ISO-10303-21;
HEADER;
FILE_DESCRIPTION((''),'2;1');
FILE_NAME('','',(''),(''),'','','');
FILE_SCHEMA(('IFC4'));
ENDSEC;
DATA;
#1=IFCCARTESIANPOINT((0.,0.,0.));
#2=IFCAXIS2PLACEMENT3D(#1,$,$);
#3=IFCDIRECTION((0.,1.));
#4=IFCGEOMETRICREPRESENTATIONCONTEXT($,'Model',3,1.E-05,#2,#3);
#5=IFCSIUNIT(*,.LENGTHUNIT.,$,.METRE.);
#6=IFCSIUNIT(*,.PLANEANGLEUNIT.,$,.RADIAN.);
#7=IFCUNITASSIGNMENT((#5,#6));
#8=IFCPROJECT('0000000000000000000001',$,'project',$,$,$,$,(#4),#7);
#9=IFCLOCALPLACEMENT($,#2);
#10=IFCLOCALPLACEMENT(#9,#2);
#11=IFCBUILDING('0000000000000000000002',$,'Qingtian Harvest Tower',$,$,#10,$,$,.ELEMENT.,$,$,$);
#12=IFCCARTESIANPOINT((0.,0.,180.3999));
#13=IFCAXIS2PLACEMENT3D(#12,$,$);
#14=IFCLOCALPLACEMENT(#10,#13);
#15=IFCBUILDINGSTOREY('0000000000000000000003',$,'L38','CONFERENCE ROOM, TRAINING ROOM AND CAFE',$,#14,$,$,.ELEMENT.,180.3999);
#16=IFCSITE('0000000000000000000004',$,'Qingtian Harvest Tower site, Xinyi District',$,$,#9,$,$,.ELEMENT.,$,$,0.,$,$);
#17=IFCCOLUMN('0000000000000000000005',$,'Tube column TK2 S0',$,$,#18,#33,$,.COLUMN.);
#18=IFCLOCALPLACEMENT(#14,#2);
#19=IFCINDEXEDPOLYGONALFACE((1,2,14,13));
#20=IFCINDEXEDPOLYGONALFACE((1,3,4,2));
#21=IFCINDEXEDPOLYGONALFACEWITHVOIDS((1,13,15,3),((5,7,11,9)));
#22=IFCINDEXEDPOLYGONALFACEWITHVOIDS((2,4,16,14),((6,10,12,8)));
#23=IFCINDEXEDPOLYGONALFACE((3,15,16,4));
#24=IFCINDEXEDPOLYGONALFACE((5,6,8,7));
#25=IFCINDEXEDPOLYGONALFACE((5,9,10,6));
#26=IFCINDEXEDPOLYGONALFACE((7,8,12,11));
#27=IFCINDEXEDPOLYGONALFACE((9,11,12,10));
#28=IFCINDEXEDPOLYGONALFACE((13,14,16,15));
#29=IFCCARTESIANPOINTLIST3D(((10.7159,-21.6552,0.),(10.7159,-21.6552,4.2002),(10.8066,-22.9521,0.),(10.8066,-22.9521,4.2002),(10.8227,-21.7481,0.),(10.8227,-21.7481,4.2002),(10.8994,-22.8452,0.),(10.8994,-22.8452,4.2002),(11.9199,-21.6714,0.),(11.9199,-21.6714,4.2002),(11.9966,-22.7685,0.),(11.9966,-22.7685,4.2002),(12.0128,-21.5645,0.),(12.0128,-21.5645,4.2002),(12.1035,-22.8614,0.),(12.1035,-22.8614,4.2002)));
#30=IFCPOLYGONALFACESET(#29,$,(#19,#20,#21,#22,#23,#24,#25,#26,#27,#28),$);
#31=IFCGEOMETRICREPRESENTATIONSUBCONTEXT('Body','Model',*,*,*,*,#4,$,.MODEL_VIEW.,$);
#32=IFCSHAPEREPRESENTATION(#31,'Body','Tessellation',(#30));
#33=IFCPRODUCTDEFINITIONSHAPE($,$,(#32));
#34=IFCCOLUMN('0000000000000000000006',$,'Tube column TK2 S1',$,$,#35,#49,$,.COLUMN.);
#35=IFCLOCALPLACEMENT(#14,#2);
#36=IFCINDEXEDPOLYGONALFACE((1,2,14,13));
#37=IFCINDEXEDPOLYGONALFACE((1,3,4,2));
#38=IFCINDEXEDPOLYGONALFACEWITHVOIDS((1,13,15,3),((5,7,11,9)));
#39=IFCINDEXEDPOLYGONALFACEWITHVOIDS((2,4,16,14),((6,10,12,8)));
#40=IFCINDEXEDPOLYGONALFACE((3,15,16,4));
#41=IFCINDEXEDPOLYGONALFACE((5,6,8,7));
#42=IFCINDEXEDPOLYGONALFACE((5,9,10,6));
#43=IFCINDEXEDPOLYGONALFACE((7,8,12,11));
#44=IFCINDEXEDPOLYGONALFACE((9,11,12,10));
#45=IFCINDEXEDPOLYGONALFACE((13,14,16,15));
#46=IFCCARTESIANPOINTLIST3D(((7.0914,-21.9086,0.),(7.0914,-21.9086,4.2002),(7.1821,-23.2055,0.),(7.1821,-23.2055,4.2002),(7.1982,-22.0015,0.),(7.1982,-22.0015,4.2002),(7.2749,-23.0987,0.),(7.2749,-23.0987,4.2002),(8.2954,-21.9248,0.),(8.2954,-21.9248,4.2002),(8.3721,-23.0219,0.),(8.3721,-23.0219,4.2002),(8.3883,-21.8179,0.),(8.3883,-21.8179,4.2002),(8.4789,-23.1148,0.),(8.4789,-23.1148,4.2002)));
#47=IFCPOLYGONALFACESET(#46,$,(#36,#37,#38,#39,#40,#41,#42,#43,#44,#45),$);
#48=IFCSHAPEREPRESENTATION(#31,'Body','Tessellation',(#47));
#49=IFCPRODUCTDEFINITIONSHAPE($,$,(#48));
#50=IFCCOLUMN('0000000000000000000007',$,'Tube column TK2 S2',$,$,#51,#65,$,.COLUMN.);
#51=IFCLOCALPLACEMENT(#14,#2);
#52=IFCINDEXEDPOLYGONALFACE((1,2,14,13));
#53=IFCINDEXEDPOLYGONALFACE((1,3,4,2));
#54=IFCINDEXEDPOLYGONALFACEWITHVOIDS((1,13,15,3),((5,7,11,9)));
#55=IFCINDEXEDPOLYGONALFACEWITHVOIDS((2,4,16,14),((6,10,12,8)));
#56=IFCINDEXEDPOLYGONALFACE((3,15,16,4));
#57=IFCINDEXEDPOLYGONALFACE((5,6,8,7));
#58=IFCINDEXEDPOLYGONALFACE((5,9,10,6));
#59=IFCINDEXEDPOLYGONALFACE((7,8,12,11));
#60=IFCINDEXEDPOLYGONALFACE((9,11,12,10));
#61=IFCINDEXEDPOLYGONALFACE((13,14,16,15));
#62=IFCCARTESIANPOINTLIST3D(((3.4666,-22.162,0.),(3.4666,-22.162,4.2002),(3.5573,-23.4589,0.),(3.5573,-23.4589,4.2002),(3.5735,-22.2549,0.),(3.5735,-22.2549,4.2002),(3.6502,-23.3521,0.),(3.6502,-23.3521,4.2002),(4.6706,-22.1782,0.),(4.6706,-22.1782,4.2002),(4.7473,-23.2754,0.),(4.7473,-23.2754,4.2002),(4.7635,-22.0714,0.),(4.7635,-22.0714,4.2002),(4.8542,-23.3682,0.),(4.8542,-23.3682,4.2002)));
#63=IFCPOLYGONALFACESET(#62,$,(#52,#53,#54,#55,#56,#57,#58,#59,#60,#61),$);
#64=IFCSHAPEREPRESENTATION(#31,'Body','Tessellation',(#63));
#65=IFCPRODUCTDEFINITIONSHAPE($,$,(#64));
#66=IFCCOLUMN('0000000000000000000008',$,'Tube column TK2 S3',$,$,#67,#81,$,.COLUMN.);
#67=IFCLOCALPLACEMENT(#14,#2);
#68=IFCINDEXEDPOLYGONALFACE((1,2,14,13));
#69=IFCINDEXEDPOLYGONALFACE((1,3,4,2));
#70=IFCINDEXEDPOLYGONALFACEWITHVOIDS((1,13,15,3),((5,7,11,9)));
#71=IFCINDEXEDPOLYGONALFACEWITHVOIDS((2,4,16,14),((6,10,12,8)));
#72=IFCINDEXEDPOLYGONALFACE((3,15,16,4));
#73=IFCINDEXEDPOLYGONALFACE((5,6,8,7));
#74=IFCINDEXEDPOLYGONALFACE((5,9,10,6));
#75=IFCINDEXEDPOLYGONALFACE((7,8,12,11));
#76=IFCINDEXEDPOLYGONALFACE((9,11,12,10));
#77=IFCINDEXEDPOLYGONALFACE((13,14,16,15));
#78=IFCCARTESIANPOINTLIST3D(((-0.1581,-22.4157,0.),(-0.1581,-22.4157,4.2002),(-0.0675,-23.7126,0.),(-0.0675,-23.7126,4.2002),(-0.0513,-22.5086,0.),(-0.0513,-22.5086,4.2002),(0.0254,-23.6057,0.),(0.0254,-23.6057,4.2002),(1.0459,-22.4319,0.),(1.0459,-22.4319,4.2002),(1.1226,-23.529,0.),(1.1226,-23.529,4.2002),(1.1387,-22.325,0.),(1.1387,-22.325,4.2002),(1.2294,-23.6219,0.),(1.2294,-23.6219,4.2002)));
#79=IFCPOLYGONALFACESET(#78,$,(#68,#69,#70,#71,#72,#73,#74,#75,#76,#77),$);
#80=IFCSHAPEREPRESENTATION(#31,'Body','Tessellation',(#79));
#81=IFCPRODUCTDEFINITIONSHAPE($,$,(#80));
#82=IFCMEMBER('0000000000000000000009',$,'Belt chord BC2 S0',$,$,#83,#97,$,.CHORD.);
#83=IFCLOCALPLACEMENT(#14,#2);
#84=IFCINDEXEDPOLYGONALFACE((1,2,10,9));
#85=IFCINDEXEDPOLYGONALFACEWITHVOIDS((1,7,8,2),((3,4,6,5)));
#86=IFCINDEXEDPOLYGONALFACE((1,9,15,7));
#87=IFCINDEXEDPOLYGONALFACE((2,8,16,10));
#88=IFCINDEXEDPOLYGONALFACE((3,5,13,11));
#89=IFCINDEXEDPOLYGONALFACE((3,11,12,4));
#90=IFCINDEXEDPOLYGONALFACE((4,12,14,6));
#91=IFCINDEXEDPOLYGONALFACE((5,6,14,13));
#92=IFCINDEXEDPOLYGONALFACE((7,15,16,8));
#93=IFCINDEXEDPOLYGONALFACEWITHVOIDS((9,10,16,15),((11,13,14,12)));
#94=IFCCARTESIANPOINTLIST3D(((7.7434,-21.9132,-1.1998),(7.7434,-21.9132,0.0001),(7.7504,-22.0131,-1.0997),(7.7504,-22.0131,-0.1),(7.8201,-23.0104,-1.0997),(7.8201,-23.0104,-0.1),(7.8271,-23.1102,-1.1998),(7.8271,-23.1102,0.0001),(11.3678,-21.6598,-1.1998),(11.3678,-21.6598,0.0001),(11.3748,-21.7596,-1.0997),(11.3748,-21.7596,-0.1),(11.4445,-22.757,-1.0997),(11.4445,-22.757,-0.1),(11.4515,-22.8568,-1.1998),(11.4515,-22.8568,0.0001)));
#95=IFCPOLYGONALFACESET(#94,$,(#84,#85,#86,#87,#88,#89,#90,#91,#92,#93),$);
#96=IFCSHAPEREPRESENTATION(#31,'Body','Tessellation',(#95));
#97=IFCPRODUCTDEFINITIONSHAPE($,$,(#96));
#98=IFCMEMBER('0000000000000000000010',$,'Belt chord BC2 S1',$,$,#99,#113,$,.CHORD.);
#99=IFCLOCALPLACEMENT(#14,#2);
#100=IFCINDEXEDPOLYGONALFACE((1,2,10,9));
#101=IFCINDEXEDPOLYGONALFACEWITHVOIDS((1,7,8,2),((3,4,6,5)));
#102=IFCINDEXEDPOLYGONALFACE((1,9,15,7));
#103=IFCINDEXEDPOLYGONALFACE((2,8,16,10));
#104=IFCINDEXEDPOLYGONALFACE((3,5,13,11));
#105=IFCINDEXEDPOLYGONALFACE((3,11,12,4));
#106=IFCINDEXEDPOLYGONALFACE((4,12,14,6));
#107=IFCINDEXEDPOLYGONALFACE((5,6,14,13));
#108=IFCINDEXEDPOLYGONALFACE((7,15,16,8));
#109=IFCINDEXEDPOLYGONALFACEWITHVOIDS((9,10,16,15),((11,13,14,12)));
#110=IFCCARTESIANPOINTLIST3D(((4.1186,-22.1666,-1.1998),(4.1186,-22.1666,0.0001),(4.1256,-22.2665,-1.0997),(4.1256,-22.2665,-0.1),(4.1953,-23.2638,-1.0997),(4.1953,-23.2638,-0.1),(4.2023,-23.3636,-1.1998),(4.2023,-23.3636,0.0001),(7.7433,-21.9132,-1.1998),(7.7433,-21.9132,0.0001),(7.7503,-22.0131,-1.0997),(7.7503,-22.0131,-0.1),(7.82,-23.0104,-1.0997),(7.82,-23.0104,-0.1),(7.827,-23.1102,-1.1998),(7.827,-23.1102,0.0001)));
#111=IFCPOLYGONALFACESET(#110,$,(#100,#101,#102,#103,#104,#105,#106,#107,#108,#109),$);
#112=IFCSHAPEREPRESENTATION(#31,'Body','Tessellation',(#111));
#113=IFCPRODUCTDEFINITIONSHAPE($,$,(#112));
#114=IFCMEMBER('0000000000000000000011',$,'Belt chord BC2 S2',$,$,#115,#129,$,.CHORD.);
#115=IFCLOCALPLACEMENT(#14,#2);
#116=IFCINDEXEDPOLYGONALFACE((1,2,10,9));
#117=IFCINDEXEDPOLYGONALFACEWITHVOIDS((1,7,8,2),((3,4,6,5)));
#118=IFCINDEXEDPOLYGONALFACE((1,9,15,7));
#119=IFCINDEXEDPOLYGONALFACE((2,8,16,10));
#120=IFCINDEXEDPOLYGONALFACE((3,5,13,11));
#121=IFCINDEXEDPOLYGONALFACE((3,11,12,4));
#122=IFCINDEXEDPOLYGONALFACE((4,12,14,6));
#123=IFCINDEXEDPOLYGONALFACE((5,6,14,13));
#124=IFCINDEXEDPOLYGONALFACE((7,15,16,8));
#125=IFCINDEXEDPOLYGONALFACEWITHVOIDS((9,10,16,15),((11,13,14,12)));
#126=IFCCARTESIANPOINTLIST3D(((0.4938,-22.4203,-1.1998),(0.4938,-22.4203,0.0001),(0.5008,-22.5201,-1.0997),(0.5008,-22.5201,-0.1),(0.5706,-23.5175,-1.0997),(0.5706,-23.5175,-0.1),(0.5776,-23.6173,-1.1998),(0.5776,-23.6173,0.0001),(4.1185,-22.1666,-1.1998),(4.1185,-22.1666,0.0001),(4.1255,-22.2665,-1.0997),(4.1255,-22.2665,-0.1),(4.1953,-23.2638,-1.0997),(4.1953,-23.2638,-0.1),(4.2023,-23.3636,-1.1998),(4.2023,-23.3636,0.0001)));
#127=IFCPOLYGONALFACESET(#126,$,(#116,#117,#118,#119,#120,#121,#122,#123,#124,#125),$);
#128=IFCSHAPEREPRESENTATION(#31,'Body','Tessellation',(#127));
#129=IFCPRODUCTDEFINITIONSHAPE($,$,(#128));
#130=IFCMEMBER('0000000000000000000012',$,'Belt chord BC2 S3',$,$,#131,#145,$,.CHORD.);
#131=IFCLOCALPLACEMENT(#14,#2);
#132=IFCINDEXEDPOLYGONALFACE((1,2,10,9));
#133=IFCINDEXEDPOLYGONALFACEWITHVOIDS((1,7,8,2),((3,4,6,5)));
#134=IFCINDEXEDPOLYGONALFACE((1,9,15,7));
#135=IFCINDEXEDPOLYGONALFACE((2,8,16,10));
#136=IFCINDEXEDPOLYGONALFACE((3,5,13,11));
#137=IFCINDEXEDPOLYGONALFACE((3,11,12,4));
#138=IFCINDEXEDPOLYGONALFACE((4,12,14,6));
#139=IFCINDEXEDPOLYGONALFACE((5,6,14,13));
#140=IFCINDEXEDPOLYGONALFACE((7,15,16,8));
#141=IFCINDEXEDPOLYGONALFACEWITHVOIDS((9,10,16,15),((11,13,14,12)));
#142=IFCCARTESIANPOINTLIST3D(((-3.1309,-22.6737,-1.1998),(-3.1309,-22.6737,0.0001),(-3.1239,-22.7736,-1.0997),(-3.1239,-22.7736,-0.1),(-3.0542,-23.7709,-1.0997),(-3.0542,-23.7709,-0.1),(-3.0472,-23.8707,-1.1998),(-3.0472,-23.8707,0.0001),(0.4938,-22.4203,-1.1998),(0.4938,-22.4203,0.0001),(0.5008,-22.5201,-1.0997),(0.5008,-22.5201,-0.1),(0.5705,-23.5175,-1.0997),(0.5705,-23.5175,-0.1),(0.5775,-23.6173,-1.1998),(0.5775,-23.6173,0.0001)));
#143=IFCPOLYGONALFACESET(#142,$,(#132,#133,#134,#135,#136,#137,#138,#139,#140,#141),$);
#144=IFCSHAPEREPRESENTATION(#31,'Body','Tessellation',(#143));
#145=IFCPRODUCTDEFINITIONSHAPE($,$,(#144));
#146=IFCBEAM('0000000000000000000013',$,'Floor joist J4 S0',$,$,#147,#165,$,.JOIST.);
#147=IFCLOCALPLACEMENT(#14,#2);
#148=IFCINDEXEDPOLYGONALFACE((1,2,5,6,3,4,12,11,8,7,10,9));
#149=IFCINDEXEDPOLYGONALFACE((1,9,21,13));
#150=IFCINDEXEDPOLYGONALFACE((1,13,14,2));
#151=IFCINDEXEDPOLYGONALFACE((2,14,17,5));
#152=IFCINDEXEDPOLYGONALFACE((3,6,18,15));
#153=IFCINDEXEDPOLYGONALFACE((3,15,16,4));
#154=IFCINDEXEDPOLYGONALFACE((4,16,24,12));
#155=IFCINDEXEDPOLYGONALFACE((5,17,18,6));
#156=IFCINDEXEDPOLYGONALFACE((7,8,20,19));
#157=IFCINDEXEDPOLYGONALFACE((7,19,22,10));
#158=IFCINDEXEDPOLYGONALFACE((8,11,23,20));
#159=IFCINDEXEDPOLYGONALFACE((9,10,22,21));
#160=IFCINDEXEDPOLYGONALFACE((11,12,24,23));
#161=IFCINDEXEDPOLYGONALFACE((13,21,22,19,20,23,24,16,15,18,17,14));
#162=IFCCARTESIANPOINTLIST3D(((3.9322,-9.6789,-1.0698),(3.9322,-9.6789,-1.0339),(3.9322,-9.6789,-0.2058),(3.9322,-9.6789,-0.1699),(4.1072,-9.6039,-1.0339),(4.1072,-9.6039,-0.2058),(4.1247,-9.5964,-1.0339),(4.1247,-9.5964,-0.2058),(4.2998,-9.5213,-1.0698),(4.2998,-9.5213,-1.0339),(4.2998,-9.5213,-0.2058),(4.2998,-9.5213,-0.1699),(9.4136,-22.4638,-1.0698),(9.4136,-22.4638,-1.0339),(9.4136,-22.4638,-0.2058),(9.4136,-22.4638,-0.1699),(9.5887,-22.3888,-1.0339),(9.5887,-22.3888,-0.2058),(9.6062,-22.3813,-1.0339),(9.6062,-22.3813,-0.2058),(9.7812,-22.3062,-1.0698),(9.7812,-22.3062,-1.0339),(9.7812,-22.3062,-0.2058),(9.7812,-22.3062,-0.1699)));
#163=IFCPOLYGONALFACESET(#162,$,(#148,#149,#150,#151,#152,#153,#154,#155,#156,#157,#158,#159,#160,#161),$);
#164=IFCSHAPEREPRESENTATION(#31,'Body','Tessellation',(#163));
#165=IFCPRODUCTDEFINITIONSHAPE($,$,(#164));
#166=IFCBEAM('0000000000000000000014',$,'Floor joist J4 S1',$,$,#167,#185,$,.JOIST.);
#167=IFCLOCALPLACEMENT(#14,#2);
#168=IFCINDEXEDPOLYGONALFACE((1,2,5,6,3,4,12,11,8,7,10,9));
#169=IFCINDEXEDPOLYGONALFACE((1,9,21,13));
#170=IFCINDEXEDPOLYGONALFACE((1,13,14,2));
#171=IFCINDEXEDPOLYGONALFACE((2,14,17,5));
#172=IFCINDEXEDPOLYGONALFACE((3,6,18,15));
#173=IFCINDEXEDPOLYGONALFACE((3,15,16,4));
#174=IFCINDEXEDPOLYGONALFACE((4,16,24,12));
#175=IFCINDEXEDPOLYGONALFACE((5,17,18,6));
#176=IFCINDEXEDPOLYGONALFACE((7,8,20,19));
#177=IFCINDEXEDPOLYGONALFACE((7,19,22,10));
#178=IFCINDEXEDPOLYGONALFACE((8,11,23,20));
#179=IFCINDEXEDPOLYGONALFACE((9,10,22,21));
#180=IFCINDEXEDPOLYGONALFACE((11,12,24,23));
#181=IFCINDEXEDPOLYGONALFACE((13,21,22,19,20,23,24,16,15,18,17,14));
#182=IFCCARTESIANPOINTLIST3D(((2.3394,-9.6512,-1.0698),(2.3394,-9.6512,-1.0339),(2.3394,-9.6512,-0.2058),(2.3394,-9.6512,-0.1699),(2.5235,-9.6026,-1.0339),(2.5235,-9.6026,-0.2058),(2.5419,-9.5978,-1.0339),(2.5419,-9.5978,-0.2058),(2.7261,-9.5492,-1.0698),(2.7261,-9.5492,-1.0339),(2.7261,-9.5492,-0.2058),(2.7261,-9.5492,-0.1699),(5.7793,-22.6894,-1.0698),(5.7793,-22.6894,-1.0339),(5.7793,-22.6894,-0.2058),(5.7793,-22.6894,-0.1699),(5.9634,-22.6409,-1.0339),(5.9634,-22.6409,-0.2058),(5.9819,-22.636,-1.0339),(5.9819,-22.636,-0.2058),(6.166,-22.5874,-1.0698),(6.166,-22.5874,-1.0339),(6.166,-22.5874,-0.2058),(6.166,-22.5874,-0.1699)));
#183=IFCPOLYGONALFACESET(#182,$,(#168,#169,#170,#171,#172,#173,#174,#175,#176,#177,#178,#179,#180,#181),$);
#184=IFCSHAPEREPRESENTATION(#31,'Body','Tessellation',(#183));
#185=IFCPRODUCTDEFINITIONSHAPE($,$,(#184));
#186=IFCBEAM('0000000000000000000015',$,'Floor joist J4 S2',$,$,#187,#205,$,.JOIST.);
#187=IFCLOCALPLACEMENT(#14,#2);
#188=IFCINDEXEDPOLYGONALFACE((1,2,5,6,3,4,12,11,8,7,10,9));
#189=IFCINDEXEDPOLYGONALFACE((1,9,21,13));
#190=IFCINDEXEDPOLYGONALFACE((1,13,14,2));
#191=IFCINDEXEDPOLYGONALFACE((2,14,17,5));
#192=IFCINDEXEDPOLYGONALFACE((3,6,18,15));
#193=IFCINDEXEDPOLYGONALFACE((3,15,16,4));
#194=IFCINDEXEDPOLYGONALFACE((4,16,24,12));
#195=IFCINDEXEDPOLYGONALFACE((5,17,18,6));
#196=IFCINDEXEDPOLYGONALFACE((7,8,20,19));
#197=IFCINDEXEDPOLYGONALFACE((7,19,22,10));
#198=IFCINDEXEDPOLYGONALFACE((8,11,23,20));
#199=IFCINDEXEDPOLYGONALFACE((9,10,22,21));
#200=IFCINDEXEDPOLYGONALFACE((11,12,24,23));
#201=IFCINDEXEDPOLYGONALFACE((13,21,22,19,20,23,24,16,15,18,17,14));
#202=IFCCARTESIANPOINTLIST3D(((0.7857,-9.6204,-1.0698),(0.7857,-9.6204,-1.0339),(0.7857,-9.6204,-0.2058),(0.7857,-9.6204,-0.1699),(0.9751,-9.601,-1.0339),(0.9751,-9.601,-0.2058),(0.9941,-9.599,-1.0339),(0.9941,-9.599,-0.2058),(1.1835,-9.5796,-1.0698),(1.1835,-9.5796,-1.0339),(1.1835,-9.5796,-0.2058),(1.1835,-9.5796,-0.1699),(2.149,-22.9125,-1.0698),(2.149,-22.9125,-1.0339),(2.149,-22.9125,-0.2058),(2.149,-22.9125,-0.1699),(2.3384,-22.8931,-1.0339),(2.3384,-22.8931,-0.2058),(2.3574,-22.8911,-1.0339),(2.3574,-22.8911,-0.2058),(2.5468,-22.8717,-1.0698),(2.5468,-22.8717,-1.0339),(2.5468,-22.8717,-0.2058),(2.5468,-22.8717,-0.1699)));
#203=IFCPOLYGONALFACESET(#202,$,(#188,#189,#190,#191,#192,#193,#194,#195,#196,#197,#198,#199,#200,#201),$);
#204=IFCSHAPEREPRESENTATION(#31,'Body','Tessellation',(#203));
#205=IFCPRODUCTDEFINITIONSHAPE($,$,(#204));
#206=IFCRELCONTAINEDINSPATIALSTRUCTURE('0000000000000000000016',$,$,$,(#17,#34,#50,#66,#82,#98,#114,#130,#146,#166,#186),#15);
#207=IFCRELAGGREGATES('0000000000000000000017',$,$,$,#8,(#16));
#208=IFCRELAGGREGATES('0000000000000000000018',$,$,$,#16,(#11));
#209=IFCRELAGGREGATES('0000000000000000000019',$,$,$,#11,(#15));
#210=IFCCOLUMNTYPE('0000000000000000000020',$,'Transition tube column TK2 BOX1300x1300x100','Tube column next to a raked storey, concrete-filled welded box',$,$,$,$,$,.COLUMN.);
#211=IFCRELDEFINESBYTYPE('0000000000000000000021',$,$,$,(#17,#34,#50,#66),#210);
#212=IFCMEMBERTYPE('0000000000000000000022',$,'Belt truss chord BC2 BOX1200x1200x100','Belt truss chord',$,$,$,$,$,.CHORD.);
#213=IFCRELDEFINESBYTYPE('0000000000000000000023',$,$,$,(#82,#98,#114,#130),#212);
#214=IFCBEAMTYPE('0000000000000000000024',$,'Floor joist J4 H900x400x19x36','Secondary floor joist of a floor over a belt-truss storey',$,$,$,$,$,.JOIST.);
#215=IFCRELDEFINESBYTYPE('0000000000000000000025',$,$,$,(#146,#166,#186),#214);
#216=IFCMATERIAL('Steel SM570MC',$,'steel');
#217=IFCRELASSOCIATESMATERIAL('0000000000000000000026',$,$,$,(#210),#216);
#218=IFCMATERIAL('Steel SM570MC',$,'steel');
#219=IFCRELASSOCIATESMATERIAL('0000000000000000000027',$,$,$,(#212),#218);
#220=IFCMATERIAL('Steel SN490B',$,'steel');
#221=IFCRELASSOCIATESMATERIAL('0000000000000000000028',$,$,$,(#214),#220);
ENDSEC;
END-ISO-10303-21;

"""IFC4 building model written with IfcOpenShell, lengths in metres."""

from ifc_helpers import new_model, si_unit, direction, frame, origin, origin_2d, place, context, subcontext, project, spatial, hollow_rectangle, i_section, extrude, material, material_profile, profile_set, type_object, element, save


model = new_model("IFC4")

# Units and contexts
model_context = context("Model", 3, precision=1e-05, world=origin(), true_north=direction((0.0, 1.0)))
body_context = subcontext(model_context, "Body", "Model", "MODEL_VIEW")
ifc_project = project(units=[si_unit("LENGTHUNIT", "METRE"), si_unit("PLANEANGLEUNIT", "RADIAN")], contexts=[model_context])

# Site, building, storey
site_placement = place(None, origin())
site = spatial("IfcSite", under=ifc_project, at=site_placement, Name="Qingtian Harvest Tower site, Xinyi District", CompositionType="ELEMENT", RefElevation=0.0)
building_placement = place(site_placement, origin())
building = spatial("IfcBuilding", under=site, at=building_placement, Name="Qingtian Harvest Tower", CompositionType="ELEMENT")
storey_placement = place(building_placement, frame((0.0, 0.0, 180.3999)))
storey = spatial("IfcBuildingStorey", under=building, at=storey_placement, Name="L38", Description="CONFERENCE ROOM, TRAINING ROOM AND CAFE", CompositionType="ELEMENT", Elevation=180.3999)

# Columns
ifc_material_1 = material(Name="Steel SM570MC", Category="steel")
ifc_material_profile_1 = material_profile(ifc_material_1, hollow_rectangle(XDim=1.3, YDim=1.3, WallThickness=0.1001, at=origin_2d()), Name="BOX1300x1300x100")
ifc_profile_set_1 = profile_set([ifc_material_profile_1], Name="Steel SM570MC")
column_type = type_object("IfcColumnType", Name="Transition tube column TK2 BOX1300x1300x100", Description="Tube column next to a raked storey, concrete-filled welded box", PredefinedType="COLUMN", material=ifc_profile_set_1)
for number, where, z_axis, x_axis, name in (
    (1, (11.4097, -22.2583, 0.0), (0.0, 0.0, 1.0), (0.997564, 0.069756, 0.0), "Tube column TK2 S0"),
    (2, (7.7852, -22.5117, 0.0), (0.0, 0.0, 1.0), (0.997564, 0.069756, 0.0), "Tube column TK2 S1"),
    (3, (4.1604, -22.7651, 0.0), (0.0, 0.0, 1.0), (0.997564, 0.069756, 0.0), "Tube column TK2 S2"),
    (4, (0.5356, -23.0188, 0.0), (0.0, 0.0, 1.0), (0.997564, 0.069756, 0.0), "Tube column TK2 S3"),
):
    element("IfcColumn", number, at=place(storey_placement, frame(where, z_axis=z_axis, x_axis=x_axis)), inside=storey, type_object=column_type, Name=name, PredefinedType="COLUMN", context=body_context, shape_type="SweptSolid", body=[
        extrude(hollow_rectangle(XDim=1.3, YDim=1.3, WallThickness=0.1001, at=origin_2d()), origin(), (0.0, 0.0, 1.0), 4.2002),
    ])

# Members
ifc_material_2 = material(Name="Steel SM570MC", Category="steel")
ifc_material_profile_2 = material_profile(ifc_material_2, hollow_rectangle(XDim=1.2, YDim=1.2, WallThickness=0.1001, at=origin_2d()), Name="BOX1200x1200x100")
ifc_profile_set_2 = profile_set([ifc_material_profile_2], Name="Steel SM570MC")
member_type_1 = type_object("IfcMemberType", Name="Belt truss chord BC2 BOX1200x1200x100", Description="Belt truss chord", PredefinedType="CHORD", material=ifc_profile_set_2)
member_1_placement = place(storey_placement, frame((11.4097, -22.2583, -0.5999), z_axis=(-0.997565, -0.069748, 0.0), x_axis=(0.069748, -0.997565, 0.0)))
element("IfcMember", 5, at=member_1_placement, inside=storey, type_object=member_type_1, Name="Belt chord BC2 S0", PredefinedType="CHORD", context=body_context, shape_type="SweptSolid", body=[
    extrude(hollow_rectangle(XDim=1.2, YDim=1.2, WallThickness=0.1001, at=origin_2d()), origin(), (0.0, 0.0, 1.0), 3.6333),
])
for number, where, z_axis, x_axis, name in (
    (6, (7.7852, -22.5117, -0.5999), (-0.997565, -0.069743, 0.0), (0.069743, -0.997565, 0.0), "Belt chord BC2 S1"),
    (7, (4.1604, -22.7651, -0.5999), (-0.99756, -0.06981, 0.0), (0.06981, -0.99756, 0.0), "Belt chord BC2 S2"),
    (8, (0.5356, -23.0188, -0.5999), (-0.997565, -0.069743, 0.0), (0.069743, -0.997565, 0.0), "Belt chord BC2 S3"),
):
    element("IfcMember", number, at=place(storey_placement, frame(where, z_axis=z_axis, x_axis=x_axis)), inside=storey, type_object=member_type_1, Name=name, PredefinedType="CHORD", context=body_context, shape_type="SweptSolid", body=[
        extrude(hollow_rectangle(XDim=1.2, YDim=1.2, WallThickness=0.1001, at=origin_2d()), origin(), (0.0, 0.0, 1.0), 3.6335),
    ])

# Beams
ifc_material_3 = material(Name="Steel SN490B", Category="steel")
ifc_material_profile_3 = material_profile(ifc_material_3, i_section(OverallWidth=0.3999, OverallDepth=0.8999, WebThickness=0.019, FlangeThickness=0.0359, at=origin_2d()), Name="H900x400x19x36")
ifc_profile_set_3 = profile_set([ifc_material_profile_3], Name="Steel SN490B")
beam_type_1 = type_object("IfcBeamType", Name="Floor joist J4 H900x400x19x36", Description="Secondary floor joist of a floor over a belt-truss storey", PredefinedType="JOIST", material=ifc_profile_set_3)
beam_1_placement = place(storey_placement, frame((9.5974, -22.385, -0.6199), z_axis=(-0.394053, 0.919088, 0.0), x_axis=(-0.919088, -0.394053, 0.0)))
element("IfcBeam", 9, at=beam_1_placement, inside=storey, type_object=beam_type_1, Name="Floor joist J4 S0", PredefinedType="JOIST", context=body_context, shape_type="SweptSolid", body=[
    extrude(i_section(OverallWidth=0.3999, OverallDepth=0.8999, WebThickness=0.019, FlangeThickness=0.0359, at=origin_2d()), origin(), (0.0, 0.0, 1.0), 13.9104),
])
beam_2_placement = place(storey_placement, frame((5.9727, -22.6384, -0.6199), z_axis=(-0.255104, 0.966914, 0.0), x_axis=(-0.966914, -0.255104, 0.0)))
element("IfcBeam", 10, at=beam_2_placement, inside=storey, type_object=beam_type_1, Name="Floor joist J4 S1", PredefinedType="JOIST", context=body_context, shape_type="SweptSolid", body=[
    extrude(i_section(OverallWidth=0.3999, OverallDepth=0.8999, WebThickness=0.019, FlangeThickness=0.0359, at=origin_2d()), origin(), (0.0, 0.0, 1.0), 13.4844),
])
beam_3_placement = place(storey_placement, frame((2.3479, -22.8921, -0.6199), z_axis=(-0.102029, 0.994781, 0.0), x_axis=(-0.994781, -0.102029, 0.0)))
element("IfcBeam", 11, at=beam_3_placement, inside=storey, type_object=beam_type_1, Name="Floor joist J4 S2", PredefinedType="JOIST", context=body_context, shape_type="SweptSolid", body=[
    extrude(i_section(OverallWidth=0.3999, OverallDepth=0.8999, WebThickness=0.019, FlangeThickness=0.0359, at=origin_2d()), origin(), (0.0, 0.0, 1.0), 13.3618),
])

save(model, "model.ifc")
